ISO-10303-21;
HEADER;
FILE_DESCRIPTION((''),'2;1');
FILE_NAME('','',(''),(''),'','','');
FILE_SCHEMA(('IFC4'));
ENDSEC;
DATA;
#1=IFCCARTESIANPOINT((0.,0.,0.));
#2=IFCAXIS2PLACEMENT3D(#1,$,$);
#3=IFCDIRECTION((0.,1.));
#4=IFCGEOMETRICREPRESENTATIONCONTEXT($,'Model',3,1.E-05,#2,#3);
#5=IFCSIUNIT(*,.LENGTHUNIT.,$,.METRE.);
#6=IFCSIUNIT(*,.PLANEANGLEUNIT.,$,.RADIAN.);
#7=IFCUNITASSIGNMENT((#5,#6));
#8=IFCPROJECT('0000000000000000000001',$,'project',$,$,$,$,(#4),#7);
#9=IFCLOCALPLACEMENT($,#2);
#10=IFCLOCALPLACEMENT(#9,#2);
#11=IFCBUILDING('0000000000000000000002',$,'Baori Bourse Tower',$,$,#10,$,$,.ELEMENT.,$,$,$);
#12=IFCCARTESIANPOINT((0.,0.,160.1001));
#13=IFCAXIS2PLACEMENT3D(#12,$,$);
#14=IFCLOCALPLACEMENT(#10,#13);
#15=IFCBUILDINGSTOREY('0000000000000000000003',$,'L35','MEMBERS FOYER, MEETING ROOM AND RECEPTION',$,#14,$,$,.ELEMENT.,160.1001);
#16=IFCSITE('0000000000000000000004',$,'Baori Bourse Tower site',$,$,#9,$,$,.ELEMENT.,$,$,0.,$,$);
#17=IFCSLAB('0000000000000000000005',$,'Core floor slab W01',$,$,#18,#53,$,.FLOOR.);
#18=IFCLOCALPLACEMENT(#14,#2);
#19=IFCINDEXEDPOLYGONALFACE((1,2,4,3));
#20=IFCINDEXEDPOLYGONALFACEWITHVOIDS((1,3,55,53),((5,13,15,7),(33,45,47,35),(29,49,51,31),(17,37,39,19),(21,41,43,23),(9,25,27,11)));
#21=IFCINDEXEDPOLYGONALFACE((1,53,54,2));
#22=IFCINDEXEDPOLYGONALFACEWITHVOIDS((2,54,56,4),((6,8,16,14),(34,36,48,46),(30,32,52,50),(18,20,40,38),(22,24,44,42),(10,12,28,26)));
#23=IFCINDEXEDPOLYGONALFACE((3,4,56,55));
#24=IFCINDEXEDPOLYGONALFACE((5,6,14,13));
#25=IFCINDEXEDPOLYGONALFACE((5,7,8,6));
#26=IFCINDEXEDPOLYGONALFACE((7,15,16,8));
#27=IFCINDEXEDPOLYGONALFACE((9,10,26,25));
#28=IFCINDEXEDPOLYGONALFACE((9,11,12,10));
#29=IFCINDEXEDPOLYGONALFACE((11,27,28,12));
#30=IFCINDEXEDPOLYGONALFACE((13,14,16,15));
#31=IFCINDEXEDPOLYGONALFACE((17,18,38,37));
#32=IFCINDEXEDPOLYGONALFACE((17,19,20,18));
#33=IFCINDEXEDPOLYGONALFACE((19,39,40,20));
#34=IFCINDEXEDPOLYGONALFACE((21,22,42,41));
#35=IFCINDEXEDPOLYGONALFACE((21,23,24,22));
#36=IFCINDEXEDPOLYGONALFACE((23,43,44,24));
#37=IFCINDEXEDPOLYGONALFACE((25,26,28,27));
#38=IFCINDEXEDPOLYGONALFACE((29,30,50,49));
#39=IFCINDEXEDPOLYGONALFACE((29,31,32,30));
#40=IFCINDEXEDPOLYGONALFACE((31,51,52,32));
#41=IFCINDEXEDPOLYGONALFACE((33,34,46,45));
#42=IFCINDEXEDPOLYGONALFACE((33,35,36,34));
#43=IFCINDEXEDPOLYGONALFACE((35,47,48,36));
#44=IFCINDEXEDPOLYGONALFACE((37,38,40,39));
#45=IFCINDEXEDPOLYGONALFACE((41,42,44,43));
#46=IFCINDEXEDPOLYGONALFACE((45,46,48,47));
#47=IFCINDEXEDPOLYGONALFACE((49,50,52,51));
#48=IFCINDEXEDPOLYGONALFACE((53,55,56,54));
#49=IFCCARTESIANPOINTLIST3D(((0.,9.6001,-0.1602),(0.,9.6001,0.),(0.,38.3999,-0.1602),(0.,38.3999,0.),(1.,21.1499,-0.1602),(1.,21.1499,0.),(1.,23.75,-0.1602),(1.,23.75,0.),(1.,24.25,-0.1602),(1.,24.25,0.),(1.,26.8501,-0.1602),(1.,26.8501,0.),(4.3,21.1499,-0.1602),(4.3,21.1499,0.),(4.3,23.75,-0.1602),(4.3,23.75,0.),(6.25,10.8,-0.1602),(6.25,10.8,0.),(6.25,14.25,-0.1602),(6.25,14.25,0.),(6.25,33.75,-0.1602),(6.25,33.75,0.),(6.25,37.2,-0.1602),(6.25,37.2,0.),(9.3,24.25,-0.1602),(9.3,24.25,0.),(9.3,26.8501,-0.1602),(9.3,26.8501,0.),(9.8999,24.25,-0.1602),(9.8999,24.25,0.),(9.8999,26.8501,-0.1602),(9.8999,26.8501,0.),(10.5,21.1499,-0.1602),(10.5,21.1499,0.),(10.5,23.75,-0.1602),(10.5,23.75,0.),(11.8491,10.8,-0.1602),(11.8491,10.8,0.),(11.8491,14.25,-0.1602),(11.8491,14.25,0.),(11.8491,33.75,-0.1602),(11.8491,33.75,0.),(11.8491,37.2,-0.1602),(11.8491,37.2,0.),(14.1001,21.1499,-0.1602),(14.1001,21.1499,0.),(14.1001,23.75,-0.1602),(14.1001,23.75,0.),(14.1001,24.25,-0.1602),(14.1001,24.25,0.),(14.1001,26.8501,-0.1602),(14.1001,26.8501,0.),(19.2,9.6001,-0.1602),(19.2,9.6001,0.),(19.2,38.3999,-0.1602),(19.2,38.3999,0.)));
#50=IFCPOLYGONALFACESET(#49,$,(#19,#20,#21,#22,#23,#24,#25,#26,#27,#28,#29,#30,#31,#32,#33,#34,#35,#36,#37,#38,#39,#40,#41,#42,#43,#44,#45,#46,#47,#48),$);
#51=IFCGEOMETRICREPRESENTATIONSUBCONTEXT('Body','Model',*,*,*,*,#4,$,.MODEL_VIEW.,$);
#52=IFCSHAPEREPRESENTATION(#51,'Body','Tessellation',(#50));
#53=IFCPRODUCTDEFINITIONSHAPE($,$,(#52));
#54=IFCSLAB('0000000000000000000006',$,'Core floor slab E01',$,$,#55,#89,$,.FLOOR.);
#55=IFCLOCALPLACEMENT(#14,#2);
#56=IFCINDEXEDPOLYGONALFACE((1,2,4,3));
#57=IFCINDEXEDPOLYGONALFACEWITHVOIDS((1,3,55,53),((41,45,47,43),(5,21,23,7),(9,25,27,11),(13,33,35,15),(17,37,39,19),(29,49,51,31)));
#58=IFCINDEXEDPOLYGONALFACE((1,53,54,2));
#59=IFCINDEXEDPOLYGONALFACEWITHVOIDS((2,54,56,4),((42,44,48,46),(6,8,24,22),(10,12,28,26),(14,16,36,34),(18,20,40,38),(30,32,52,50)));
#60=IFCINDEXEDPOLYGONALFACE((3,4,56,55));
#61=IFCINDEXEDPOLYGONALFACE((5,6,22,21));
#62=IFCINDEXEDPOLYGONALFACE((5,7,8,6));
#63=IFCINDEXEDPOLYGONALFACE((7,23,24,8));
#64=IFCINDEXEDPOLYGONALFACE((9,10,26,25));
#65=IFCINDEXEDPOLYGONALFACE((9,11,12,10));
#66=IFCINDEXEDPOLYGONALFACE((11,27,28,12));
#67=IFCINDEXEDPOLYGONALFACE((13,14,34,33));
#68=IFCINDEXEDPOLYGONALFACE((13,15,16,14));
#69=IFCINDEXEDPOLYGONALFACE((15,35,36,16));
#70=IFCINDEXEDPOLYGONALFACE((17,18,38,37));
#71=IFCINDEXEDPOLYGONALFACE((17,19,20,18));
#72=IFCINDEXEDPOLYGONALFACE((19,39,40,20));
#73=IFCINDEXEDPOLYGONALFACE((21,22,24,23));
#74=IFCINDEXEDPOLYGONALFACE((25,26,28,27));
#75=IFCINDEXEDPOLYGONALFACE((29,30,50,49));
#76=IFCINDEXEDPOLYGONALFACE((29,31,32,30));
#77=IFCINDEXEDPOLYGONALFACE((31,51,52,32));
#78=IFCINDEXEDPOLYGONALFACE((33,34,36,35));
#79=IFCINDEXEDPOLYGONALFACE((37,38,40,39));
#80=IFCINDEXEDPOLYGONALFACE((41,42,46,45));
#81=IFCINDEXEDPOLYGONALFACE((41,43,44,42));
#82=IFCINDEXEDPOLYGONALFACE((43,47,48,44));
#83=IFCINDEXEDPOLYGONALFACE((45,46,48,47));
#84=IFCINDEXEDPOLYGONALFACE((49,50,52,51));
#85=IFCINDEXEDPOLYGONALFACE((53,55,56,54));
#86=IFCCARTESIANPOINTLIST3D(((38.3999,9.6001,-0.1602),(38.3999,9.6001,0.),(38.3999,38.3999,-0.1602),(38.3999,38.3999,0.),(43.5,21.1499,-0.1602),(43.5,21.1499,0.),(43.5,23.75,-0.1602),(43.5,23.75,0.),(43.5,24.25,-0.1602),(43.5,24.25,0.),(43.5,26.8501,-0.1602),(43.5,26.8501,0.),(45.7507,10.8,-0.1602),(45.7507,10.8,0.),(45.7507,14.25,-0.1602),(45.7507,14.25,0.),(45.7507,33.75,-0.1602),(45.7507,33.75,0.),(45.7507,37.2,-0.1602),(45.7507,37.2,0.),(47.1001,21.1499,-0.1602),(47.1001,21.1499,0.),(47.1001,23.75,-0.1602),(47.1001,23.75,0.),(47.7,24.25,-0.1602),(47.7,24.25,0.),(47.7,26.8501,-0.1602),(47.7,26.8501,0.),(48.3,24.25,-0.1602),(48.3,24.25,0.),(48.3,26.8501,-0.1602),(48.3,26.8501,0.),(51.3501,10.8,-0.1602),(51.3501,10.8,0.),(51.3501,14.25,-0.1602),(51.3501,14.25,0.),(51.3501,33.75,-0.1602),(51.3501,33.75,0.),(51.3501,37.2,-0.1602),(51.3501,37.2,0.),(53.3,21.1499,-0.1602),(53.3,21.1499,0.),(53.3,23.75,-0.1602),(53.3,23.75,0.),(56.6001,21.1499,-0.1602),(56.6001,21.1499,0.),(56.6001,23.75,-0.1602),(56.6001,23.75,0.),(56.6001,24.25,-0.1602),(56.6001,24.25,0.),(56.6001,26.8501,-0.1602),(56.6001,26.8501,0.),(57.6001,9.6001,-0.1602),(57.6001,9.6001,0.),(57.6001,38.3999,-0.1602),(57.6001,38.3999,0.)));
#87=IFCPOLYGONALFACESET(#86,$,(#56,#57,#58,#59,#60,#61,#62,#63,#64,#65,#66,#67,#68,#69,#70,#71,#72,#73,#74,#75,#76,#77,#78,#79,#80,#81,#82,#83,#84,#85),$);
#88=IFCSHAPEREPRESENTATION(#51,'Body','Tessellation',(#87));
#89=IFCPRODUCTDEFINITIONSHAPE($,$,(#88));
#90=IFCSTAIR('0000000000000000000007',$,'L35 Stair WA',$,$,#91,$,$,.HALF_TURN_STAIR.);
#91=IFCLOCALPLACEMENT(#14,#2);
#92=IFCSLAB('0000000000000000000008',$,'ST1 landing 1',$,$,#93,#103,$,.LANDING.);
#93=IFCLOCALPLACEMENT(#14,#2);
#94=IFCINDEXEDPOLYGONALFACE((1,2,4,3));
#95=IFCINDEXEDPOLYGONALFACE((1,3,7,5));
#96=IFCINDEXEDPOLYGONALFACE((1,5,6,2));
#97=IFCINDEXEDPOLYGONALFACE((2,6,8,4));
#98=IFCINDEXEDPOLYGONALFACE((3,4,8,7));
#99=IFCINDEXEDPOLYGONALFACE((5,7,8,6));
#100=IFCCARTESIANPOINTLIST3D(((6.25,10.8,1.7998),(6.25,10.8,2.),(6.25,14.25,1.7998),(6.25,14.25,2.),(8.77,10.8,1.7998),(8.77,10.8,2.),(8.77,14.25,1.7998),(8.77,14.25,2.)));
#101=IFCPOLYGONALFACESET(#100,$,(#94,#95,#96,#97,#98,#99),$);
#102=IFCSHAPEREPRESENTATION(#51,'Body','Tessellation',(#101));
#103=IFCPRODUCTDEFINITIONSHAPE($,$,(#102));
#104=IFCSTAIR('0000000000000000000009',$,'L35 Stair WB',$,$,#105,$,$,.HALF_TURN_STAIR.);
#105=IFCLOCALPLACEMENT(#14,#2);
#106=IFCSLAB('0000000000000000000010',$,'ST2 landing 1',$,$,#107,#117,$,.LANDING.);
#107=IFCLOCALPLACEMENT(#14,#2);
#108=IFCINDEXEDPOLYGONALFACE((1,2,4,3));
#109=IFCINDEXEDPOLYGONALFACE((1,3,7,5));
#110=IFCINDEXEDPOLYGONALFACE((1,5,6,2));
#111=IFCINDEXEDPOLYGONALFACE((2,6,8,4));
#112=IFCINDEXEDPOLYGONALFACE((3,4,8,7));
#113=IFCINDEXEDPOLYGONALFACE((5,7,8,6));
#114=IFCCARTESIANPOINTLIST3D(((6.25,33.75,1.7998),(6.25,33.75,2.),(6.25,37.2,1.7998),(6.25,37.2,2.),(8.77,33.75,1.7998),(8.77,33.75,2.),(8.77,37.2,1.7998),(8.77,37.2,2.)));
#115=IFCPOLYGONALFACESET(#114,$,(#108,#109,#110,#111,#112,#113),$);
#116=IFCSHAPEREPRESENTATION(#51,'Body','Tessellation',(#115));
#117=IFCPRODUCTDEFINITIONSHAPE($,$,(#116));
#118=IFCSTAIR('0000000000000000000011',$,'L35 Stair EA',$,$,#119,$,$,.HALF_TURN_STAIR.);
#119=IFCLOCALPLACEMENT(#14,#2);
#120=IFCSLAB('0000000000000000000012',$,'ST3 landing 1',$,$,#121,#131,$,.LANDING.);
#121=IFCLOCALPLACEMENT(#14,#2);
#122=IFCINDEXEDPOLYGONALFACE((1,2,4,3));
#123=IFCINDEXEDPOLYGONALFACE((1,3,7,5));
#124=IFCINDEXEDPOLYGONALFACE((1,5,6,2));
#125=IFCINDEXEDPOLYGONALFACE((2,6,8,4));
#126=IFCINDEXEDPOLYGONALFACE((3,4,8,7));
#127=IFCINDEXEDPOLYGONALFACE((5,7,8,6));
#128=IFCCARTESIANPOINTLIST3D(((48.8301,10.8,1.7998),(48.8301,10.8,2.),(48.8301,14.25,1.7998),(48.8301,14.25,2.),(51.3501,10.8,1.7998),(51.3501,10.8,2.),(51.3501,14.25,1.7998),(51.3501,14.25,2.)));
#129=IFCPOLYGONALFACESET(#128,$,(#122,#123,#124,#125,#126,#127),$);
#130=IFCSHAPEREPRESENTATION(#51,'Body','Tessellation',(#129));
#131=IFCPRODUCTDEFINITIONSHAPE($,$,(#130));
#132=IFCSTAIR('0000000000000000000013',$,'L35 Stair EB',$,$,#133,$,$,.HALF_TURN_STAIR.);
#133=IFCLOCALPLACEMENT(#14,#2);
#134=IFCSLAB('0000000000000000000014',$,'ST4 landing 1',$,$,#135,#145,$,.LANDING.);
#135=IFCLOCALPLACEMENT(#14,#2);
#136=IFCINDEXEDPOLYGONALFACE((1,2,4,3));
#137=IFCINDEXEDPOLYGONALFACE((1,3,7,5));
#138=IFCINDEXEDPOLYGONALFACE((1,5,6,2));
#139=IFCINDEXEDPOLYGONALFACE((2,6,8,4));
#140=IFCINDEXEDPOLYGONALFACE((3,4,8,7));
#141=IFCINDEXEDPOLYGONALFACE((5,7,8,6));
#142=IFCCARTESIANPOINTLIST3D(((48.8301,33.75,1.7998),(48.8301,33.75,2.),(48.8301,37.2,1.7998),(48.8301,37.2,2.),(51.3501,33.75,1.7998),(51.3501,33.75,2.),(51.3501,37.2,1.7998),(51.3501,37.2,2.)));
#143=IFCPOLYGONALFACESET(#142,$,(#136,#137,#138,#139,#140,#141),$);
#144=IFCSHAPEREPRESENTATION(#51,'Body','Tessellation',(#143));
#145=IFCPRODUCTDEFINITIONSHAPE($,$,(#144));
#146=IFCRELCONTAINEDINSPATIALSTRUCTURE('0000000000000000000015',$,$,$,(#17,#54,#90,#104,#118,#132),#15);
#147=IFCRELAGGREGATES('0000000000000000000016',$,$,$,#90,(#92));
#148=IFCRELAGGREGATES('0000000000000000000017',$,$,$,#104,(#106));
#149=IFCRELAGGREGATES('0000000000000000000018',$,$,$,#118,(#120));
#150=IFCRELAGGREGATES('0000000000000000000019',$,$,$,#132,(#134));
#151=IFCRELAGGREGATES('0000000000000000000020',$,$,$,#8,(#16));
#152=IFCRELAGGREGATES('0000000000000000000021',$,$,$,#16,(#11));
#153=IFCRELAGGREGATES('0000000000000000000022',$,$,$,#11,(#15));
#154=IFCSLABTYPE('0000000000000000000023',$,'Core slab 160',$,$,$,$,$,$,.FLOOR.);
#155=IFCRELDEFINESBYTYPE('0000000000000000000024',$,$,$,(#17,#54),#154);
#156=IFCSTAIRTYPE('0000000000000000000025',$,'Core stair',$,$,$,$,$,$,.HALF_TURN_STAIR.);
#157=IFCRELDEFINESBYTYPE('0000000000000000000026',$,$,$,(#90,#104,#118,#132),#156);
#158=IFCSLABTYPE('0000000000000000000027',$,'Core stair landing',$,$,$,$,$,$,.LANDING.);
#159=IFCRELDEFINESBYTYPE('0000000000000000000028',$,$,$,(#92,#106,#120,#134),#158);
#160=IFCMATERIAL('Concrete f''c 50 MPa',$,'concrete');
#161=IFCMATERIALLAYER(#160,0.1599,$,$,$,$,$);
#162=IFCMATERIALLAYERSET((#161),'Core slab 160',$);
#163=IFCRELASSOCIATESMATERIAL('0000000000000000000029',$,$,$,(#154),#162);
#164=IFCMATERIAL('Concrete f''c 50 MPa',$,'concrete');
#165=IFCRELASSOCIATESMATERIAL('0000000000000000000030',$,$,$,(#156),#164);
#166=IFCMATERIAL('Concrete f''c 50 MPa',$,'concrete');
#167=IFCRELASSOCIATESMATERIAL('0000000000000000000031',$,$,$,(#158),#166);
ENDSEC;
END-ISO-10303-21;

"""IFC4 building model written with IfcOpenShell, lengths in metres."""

from ifc_helpers import new_model, si_unit, direction, frame, origin, place, context, subcontext, project, spatial, polyline, outline, extrude, material, layer, layer_set, type_object, element, aggregate, save


model = new_model("IFC4")

# Units and contexts
model_context = context("Model", 3, precision=1e-05, world=origin(), true_north=direction((0.0, 1.0)))
body_context = subcontext(model_context, "Body", "Model", "MODEL_VIEW")
ifc_project = project(units=[si_unit("LENGTHUNIT", "METRE"), si_unit("PLANEANGLEUNIT", "RADIAN")], contexts=[model_context])

# Site, building, storey
site_placement = place(None, origin())
site = spatial("IfcSite", under=ifc_project, at=site_placement, Name="Baori Bourse Tower site", CompositionType="ELEMENT", RefElevation=0.0)
building_placement = place(site_placement, origin())
building = spatial("IfcBuilding", under=site, at=building_placement, Name="Baori Bourse Tower", CompositionType="ELEMENT")
storey_placement = place(building_placement, frame((0.0, 0.0, 160.1001)))
storey = spatial("IfcBuildingStorey", under=building, at=storey_placement, Name="L35", Description="MEMBERS FOYER, MEETING ROOM AND RECEPTION", CompositionType="ELEMENT", Elevation=160.1001)

# Slabs
ifc_material_1 = material(Name="Concrete f'c 50 MPa", Category="concrete")
ifc_layer_1 = layer(ifc_material_1, 0.1599)
ifc_layer_set_1 = layer_set([ifc_layer_1], Name="Core slab 160")
slab_type_1 = type_object("IfcSlabType", Name="Core slab 160", PredefinedType="FLOOR", material=ifc_layer_set_1)
slab_1_placement = place(storey_placement, frame((0.0, 0.0, -0.1602)))
element("IfcSlab", 1, at=slab_1_placement, inside=storey, type_object=slab_type_1, Name="Core floor slab W01", PredefinedType="FLOOR", context=body_context, shape_type="SweptSolid", body=[
    extrude(outline(polyline([(0.0, 38.3999), (0.0, 9.6001), (19.2, 9.6001), (19.2, 38.3999), (0.0, 38.3999)]), holes=[polyline([(10.5, 21.1499), (10.5, 23.75), (14.1001, 23.75), (14.1001, 21.1499), (10.5, 21.1499)]), polyline([(14.1001, 24.25), (9.8999, 24.25), (9.8999, 26.8501), (14.1001, 26.8501), (14.1001, 24.25)]), polyline([(6.25, 14.25), (11.8491, 14.25), (11.8491, 10.8), (6.25, 10.8), (6.25, 14.25)]), polyline([(11.8491, 37.2), (11.8491, 33.75), (6.25, 33.75), (6.25, 37.2), (11.8491, 37.2)]), polyline([(1.0, 26.8501), (9.3, 26.8501), (9.3, 24.25), (1.0, 24.25), (1.0, 26.8501)]), polyline([(4.3, 23.75), (4.3, 21.1499), (1.0, 21.1499), (1.0, 23.75), (4.3, 23.75)])]), origin(), (0.0, 0.0, 1.0), 0.1602),
])
slab_2_placement = place(storey_placement, frame((0.0, 0.0, -0.1602)))
element("IfcSlab", 2, at=slab_2_placement, inside=storey, type_object=slab_type_1, Name="Core floor slab E01", PredefinedType="FLOOR", context=body_context, shape_type="SweptSolid", body=[
    extrude(outline(polyline([(57.6001, 38.3999), (38.3999, 38.3999), (38.3999, 9.6001), (57.6001, 9.6001), (57.6001, 38.3999)]), holes=[polyline([(56.6001, 21.1499), (53.3, 21.1499), (53.3, 23.75), (56.6001, 23.75), (56.6001, 21.1499)]), polyline([(56.6001, 26.8501), (56.6001, 24.25), (48.3, 24.25), (48.3, 26.8501), (56.6001, 26.8501)]), polyline([(45.7507, 14.25), (51.3501, 14.25), (51.3501, 10.8), (45.7507, 10.8), (45.7507, 14.25)]), polyline([(51.3501, 37.2), (51.3501, 33.75), (45.7507, 33.75), (45.7507, 37.2), (51.3501, 37.2)]), polyline([(43.5, 24.25), (43.5, 26.8501), (47.7, 26.8501), (47.7, 24.25), (43.5, 24.25)]), polyline([(43.5, 23.75), (47.1001, 23.75), (47.1001, 21.1499), (43.5, 21.1499), (43.5, 23.75)])]), origin(), (0.0, 0.0, 1.0), 0.1602),
])

# Stairs, slabs
ifc_material_2 = material(Name="Concrete f'c 50 MPa", Category="concrete")
stair_type = type_object("IfcStairType", Name="Core stair", PredefinedType="HALF_TURN_STAIR", material=ifc_material_2)
stair_1_placement = place(storey_placement, origin())
stair_1 = element("IfcStair", 3, at=stair_1_placement, inside=storey, type_object=stair_type, Name="L35 Stair WA", PredefinedType="HALF_TURN_STAIR")
ifc_material_3 = material(Name="Concrete f'c 50 MPa", Category="concrete")
slab_type_2 = type_object("IfcSlabType", Name="Core stair landing", PredefinedType="LANDING", material=ifc_material_3)
slab_3_placement = place(storey_placement, frame((0.0, 0.0, 1.7998)))
slab_3 = element("IfcSlab", 4, at=slab_3_placement, type_object=slab_type_2, Name="ST1 landing 1", PredefinedType="LANDING", context=body_context, shape_type="SweptSolid", body=[
    extrude(outline(polyline([(8.77, 14.25), (6.25, 14.25), (6.25, 10.8), (8.77, 10.8), (8.77, 14.25)])), origin(), (0.0, 0.0, 1.0), 0.2002),
])
aggregate(stair_1, [slab_3])
stair_2_placement = place(storey_placement, origin())
stair_2 = element("IfcStair", 5, at=stair_2_placement, inside=storey, type_object=stair_type, Name="L35 Stair WB", PredefinedType="HALF_TURN_STAIR")
slab_4_placement = place(storey_placement, frame((0.0, 0.0, 1.7998)))
slab_4 = element("IfcSlab", 6, at=slab_4_placement, type_object=slab_type_2, Name="ST2 landing 1", PredefinedType="LANDING", context=body_context, shape_type="SweptSolid", body=[
    extrude(outline(polyline([(8.77, 37.2), (6.25, 37.2), (6.25, 33.75), (8.77, 33.75), (8.77, 37.2)])), origin(), (0.0, 0.0, 1.0), 0.2002),
])
aggregate(stair_2, [slab_4])
stair_3_placement = place(storey_placement, origin())
stair_3 = element("IfcStair", 7, at=stair_3_placement, inside=storey, type_object=stair_type, Name="L35 Stair EA", PredefinedType="HALF_TURN_STAIR")
slab_5_placement = place(storey_placement, frame((0.0, 0.0, 1.7998)))
slab_5 = element("IfcSlab", 8, at=slab_5_placement, type_object=slab_type_2, Name="ST3 landing 1", PredefinedType="LANDING", context=body_context, shape_type="SweptSolid", body=[
    extrude(outline(polyline([(48.8301, 10.8), (51.3501, 10.8), (51.3501, 14.25), (48.8301, 14.25), (48.8301, 10.8)])), origin(), (0.0, 0.0, 1.0), 0.2002),
])
aggregate(stair_3, [slab_5])
stair_4_placement = place(storey_placement, origin())
stair_4 = element("IfcStair", 9, at=stair_4_placement, inside=storey, type_object=stair_type, Name="L35 Stair EB", PredefinedType="HALF_TURN_STAIR")
slab_6_placement = place(storey_placement, frame((0.0, 0.0, 1.7998)))
slab_6 = element("IfcSlab", 10, at=slab_6_placement, type_object=slab_type_2, Name="ST4 landing 1", PredefinedType="LANDING", context=body_context, shape_type="SweptSolid", body=[
    extrude(outline(polyline([(48.8301, 33.75), (51.3501, 33.75), (51.3501, 37.2), (48.8301, 37.2), (48.8301, 33.75)])), origin(), (0.0, 0.0, 1.0), 0.2002),
])
aggregate(stair_4, [slab_6])

save(model, "model.ifc")
